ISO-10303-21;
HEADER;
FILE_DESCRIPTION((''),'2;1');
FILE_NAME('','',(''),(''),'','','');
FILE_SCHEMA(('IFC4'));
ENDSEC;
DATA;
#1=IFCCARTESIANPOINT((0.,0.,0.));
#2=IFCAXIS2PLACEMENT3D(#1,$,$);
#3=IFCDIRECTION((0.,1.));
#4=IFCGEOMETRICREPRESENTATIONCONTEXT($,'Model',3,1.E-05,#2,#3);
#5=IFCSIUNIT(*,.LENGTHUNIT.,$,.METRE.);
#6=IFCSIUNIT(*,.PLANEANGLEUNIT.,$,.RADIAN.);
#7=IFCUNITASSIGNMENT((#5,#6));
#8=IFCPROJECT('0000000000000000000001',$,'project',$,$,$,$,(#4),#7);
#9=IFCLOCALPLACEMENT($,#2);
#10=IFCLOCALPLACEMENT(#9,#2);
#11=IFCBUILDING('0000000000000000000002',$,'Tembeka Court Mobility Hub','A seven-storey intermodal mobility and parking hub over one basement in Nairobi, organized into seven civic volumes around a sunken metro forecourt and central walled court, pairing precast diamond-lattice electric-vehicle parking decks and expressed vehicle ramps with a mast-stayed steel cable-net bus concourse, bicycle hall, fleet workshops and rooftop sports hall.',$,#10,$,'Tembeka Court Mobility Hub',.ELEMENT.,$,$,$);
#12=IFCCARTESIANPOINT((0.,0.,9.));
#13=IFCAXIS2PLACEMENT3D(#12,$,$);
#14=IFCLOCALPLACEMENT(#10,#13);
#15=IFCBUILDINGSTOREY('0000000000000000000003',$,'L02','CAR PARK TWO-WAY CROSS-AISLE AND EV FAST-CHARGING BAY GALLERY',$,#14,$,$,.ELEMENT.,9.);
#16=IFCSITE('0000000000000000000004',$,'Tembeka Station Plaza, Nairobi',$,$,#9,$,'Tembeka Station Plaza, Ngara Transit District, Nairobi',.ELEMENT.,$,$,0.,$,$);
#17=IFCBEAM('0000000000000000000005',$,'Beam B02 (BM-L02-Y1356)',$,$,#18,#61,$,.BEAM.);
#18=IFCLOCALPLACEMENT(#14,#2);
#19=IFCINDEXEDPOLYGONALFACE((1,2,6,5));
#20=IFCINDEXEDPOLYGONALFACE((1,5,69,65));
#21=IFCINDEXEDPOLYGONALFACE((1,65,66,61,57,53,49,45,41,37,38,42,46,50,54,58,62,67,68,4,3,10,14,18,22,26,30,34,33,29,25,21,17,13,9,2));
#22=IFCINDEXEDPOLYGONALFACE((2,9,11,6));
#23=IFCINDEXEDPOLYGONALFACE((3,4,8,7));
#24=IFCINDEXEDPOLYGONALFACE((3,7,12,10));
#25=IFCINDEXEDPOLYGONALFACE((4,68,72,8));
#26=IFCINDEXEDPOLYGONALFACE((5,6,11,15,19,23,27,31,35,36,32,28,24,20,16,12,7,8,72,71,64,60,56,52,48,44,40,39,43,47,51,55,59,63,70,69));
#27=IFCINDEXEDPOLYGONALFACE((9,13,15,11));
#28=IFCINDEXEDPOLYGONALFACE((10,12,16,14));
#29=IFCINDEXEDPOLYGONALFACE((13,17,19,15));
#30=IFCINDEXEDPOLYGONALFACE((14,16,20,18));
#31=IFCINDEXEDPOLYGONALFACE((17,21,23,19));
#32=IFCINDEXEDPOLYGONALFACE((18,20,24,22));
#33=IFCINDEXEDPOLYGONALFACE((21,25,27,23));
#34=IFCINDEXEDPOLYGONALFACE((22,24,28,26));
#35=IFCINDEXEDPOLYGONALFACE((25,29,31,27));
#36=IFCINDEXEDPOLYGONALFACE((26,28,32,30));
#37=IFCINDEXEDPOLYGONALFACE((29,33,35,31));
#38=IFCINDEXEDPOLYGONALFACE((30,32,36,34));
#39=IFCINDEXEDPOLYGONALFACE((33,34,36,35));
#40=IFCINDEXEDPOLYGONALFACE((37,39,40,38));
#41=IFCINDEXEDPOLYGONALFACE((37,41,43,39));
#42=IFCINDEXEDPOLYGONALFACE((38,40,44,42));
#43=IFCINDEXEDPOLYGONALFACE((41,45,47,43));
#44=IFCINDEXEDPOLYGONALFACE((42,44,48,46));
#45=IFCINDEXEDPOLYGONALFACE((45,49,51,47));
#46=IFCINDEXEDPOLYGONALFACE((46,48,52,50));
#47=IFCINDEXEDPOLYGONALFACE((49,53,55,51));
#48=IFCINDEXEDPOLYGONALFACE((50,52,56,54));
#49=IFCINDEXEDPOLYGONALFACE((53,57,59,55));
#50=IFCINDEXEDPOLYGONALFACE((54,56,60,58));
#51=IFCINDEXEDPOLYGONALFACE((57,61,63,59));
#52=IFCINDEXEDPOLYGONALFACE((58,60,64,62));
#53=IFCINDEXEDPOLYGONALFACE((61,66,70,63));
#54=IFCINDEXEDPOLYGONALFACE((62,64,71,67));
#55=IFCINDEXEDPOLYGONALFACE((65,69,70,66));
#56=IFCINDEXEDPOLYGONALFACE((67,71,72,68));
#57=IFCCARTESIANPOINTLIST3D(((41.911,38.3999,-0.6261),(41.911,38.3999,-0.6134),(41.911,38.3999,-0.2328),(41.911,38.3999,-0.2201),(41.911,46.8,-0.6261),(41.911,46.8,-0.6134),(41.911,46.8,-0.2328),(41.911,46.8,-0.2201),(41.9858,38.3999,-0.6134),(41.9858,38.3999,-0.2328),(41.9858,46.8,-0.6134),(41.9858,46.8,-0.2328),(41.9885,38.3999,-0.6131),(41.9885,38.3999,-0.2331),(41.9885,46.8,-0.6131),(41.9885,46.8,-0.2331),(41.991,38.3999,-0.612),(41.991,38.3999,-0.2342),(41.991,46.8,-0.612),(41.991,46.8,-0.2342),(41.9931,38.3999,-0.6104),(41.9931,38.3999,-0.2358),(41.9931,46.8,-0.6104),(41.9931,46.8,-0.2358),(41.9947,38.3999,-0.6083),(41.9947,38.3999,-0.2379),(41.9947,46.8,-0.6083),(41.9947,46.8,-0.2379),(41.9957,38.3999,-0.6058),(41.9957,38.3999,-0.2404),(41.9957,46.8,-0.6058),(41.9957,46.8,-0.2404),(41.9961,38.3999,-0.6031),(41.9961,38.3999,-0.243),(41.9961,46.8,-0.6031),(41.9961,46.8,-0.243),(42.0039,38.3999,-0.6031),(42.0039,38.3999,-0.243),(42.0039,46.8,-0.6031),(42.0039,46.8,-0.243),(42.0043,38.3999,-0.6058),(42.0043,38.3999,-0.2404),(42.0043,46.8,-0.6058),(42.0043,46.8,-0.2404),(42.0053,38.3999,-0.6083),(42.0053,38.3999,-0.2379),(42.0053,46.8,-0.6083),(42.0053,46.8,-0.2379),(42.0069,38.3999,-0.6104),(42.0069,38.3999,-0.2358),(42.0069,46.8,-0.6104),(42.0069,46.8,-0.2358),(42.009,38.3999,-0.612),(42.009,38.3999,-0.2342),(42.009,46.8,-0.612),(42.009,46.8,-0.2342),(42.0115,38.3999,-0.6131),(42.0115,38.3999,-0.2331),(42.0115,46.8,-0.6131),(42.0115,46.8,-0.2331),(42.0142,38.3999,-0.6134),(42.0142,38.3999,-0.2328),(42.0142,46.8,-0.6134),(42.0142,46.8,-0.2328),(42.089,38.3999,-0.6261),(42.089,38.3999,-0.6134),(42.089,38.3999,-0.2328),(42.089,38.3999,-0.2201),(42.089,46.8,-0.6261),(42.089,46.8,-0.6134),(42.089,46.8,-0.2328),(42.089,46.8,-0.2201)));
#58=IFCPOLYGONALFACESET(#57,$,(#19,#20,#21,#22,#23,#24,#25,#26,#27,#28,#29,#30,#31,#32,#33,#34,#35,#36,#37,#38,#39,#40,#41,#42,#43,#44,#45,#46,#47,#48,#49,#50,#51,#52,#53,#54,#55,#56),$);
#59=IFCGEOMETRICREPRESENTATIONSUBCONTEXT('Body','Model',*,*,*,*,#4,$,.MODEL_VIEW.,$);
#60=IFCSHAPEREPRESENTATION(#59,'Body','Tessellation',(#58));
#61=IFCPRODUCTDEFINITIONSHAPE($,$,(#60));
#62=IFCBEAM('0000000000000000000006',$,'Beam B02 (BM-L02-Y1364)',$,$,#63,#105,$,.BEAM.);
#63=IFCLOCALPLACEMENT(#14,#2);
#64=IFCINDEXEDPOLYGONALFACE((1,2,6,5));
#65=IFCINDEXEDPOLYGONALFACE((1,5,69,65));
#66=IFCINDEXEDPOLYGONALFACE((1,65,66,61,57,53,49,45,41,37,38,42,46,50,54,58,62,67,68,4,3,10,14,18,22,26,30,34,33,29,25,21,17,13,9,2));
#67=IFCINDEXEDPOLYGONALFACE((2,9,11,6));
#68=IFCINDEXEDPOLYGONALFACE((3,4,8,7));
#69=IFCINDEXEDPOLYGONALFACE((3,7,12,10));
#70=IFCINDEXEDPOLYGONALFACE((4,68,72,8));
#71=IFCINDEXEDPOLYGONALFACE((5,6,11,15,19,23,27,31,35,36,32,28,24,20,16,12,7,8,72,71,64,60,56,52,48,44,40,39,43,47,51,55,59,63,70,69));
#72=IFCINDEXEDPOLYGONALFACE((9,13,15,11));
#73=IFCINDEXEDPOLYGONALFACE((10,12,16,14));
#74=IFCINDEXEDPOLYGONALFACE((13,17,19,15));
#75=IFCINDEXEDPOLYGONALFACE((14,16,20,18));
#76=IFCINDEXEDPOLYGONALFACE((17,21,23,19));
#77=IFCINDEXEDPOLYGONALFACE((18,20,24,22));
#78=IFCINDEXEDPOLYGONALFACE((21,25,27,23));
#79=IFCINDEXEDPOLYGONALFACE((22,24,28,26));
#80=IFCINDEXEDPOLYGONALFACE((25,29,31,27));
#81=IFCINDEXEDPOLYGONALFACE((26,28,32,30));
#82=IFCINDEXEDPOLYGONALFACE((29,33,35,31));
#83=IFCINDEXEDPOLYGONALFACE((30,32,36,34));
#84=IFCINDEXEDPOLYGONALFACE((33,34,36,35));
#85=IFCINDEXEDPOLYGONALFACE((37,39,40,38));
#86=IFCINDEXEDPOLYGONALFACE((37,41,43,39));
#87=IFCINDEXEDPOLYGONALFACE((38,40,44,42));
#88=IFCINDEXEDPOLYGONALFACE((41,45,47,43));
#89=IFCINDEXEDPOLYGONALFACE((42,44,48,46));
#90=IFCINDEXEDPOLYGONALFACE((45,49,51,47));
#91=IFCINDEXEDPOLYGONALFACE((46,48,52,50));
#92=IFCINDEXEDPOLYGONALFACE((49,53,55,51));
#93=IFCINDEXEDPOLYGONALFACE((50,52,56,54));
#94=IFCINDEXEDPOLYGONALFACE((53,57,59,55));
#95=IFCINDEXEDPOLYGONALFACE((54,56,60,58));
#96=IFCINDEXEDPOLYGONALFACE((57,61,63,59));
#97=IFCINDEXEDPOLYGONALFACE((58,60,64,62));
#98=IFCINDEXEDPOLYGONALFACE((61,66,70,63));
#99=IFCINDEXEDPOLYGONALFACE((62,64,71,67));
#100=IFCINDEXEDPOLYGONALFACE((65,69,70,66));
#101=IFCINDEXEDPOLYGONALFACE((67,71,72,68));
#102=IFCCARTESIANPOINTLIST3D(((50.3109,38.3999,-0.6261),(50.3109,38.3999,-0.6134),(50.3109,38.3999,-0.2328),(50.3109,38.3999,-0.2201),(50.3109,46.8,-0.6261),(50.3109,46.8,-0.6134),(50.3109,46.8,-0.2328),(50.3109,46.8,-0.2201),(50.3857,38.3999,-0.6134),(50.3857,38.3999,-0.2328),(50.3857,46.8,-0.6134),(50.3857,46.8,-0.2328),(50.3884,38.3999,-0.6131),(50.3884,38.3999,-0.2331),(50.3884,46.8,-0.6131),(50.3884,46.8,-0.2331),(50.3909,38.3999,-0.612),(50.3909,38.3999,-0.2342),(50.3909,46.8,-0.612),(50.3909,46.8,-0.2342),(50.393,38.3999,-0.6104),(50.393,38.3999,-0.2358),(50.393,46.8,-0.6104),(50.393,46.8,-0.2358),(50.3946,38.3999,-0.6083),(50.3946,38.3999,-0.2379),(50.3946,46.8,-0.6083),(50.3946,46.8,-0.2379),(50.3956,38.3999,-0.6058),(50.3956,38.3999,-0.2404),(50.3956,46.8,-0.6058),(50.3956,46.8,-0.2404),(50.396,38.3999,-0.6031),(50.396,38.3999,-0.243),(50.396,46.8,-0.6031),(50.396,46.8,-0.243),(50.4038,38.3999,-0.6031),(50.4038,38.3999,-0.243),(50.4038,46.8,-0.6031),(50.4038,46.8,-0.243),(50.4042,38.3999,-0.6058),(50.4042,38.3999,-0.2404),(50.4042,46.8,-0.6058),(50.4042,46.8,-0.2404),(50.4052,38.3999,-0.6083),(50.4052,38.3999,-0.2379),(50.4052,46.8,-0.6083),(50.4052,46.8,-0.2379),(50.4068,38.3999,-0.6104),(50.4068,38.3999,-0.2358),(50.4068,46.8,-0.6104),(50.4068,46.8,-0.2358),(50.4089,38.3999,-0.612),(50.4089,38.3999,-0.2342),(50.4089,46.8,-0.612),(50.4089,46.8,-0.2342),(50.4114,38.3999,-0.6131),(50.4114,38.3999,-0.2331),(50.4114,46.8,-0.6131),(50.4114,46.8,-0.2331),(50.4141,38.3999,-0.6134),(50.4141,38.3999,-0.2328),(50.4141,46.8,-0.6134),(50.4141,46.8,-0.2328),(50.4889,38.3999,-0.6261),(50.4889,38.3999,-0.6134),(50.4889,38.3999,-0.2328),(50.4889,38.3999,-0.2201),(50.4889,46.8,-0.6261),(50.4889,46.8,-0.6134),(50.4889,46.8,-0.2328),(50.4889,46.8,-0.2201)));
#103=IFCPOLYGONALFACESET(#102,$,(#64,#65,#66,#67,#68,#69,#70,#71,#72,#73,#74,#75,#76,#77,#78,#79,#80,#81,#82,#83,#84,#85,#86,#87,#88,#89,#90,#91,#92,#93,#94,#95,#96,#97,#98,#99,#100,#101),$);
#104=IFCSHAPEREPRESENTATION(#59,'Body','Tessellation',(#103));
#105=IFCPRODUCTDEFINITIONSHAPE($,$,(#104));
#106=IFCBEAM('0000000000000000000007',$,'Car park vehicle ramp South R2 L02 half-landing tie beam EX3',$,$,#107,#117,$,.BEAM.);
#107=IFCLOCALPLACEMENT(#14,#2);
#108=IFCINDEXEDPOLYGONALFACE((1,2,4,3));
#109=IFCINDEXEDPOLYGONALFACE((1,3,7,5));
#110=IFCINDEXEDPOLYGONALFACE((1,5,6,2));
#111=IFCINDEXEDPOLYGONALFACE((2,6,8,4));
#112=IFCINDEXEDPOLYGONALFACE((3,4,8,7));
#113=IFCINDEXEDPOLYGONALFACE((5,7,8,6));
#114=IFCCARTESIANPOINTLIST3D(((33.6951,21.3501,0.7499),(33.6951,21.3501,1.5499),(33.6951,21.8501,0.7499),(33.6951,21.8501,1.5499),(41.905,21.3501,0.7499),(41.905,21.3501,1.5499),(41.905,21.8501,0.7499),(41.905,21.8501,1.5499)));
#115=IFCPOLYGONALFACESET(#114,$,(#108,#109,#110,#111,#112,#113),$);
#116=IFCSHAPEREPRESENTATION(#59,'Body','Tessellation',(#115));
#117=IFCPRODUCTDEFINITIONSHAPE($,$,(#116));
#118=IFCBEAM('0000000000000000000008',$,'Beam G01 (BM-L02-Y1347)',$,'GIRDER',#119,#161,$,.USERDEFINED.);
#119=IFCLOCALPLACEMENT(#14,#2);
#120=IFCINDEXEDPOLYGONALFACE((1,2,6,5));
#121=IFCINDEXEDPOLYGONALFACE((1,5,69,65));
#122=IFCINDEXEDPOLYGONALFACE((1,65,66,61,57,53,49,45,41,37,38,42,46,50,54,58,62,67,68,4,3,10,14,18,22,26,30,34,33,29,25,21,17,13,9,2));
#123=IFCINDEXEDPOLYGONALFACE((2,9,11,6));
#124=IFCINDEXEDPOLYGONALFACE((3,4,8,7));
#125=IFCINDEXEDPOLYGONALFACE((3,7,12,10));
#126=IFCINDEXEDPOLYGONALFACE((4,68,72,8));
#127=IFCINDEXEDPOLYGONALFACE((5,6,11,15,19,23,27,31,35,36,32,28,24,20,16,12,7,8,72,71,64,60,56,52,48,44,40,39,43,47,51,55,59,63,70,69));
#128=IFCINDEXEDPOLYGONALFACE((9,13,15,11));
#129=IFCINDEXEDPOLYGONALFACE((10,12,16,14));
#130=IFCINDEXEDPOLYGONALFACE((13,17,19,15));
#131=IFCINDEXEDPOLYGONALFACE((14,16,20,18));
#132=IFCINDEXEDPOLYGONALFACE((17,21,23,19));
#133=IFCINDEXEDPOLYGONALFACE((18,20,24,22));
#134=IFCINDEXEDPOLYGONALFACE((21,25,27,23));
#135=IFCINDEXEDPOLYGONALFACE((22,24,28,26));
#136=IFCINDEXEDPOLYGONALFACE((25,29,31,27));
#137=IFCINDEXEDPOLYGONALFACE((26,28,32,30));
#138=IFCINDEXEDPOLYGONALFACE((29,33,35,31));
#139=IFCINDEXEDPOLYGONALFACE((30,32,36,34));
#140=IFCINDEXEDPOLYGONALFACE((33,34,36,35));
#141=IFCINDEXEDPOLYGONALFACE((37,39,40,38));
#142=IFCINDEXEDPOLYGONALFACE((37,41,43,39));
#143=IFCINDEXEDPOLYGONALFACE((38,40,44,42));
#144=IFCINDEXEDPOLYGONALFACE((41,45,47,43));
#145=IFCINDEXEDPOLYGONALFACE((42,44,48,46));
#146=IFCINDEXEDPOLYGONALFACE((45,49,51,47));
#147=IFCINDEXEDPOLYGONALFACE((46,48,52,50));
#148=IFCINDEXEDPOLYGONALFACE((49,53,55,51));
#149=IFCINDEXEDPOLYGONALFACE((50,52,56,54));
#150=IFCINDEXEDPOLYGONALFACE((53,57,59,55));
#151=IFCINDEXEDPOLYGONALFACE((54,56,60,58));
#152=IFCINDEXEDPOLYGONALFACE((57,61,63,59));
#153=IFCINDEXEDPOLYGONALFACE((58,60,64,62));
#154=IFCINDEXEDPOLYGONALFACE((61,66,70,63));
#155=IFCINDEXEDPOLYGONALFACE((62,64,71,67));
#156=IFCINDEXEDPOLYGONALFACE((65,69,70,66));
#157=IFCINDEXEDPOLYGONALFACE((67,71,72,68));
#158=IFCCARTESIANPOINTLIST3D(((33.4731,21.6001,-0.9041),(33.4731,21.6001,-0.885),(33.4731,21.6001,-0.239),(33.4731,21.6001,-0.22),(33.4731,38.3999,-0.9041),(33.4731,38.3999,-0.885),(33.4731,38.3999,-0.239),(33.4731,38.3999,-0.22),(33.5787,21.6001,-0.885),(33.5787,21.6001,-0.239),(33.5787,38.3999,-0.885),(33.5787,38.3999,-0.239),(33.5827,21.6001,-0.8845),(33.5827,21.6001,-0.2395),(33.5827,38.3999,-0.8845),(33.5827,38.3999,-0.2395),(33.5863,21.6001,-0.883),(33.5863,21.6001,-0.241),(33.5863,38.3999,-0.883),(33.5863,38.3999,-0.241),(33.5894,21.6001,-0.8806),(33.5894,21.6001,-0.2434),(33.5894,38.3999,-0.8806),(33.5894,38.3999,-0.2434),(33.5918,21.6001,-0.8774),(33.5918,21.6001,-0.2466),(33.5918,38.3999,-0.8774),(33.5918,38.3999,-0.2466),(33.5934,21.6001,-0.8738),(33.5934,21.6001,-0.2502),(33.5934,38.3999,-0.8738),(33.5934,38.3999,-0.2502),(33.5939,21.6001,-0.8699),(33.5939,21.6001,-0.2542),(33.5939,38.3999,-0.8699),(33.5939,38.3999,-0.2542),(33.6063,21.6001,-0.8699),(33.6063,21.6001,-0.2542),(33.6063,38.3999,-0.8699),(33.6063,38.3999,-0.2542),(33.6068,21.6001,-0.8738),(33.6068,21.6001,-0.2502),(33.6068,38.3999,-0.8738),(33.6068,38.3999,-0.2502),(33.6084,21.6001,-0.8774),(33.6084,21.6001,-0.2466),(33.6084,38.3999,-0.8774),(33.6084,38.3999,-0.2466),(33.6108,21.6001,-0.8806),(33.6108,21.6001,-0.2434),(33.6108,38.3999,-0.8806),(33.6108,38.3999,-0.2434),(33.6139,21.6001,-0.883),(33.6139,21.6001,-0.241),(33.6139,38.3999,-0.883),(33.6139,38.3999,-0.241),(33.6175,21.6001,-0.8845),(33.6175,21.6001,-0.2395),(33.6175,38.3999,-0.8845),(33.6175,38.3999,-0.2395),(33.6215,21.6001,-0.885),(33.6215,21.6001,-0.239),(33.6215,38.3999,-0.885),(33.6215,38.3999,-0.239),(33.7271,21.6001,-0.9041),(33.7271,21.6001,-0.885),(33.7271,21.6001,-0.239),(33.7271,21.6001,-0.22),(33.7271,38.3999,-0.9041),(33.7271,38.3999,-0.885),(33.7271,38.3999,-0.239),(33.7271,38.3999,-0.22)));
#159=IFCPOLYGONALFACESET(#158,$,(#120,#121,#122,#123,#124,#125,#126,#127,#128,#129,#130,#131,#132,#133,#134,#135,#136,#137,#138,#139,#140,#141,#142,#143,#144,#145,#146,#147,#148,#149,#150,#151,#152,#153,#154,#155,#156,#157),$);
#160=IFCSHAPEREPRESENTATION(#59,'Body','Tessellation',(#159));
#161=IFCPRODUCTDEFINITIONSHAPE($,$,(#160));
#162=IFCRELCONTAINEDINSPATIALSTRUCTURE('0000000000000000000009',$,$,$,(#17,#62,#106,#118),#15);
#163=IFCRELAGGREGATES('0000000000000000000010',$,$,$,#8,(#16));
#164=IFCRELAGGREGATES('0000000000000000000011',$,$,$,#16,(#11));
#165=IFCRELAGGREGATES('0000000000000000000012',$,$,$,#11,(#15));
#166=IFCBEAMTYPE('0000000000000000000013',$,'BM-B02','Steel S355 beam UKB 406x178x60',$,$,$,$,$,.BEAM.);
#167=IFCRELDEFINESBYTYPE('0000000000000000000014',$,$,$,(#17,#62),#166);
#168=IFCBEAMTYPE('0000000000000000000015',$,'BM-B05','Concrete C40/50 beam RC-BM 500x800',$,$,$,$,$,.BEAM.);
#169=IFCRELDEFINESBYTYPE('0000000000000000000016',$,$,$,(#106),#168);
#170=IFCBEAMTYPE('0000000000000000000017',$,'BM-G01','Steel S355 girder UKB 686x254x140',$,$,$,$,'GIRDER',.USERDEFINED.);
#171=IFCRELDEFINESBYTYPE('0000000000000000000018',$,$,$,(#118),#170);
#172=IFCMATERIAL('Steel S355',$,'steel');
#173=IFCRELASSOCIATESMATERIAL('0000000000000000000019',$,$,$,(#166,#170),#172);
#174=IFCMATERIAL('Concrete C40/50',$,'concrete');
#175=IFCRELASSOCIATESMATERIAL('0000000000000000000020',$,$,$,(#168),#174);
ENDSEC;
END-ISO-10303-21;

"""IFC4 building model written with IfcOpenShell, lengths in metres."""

from ifc_helpers import new_model, si_unit, direction, frame, origin, origin_2d, place, context, subcontext, project, spatial, rectangle, i_section, extrude, material, material_profile, profile_set, type_object, element, save


model = new_model("IFC4")

# Units and contexts
model_context = context("Model", 3, precision=1e-05, world=origin(), true_north=direction((0.0, 1.0)))
body_context = subcontext(model_context, "Body", "Model", "MODEL_VIEW")
ifc_project = project(units=[si_unit("LENGTHUNIT", "METRE"), si_unit("PLANEANGLEUNIT", "RADIAN")], contexts=[model_context])

# Site, building, storey
site_placement = place(None, origin())
site = spatial("IfcSite", under=ifc_project, at=site_placement, Name="Tembeka Station Plaza, Nairobi", LongName="Tembeka Station Plaza, Ngara Transit District, Nairobi", CompositionType="ELEMENT", RefElevation=0.0)
building_placement = place(site_placement, origin())
building = spatial("IfcBuilding", under=site, at=building_placement, Name="Tembeka Court Mobility Hub", Description="A seven-storey intermodal mobility and parking hub over one basement in Nairobi, organized into seven civic volumes around a sunken metro forecourt and central walled court, pairing precast diamond-lattice electric-vehicle parking decks and expressed vehicle ramps with a mast-stayed steel cable-net bus concourse, bicycle hall, fleet workshops and rooftop sports hall.", LongName="Tembeka Court Mobility Hub", CompositionType="ELEMENT")
storey_placement = place(building_placement, frame((0.0, 0.0, 9.0)))
storey = spatial("IfcBuildingStorey", under=building, at=storey_placement, Name="L02", Description="CAR PARK TWO-WAY CROSS-AISLE AND EV FAST-CHARGING BAY GALLERY", CompositionType="ELEMENT", Elevation=9.0)

# Shared definitions
ifc_material_1 = material(Name="Steel S355", Category="steel")

# Beams
ifc_material_profile_1 = material_profile(ifc_material_1, i_section(OverallWidth=0.178, OverallDepth=0.406, WebThickness=0.0078, FlangeThickness=0.0127, FilletRadius=0.0103, at=origin_2d()), Name="UKB 406x178x60")
ifc_profile_set_1 = profile_set([ifc_material_profile_1], Name="Steel S355")
beam_type_1 = type_object("IfcBeamType", Name="BM-B02", Description="Steel S355 beam UKB 406x178x60", PredefinedType="BEAM", material=ifc_profile_set_1)
for number, where, z_axis, x_axis, name in (
    (1, (42.0, 38.3999, -0.4231), (0.0, 1.0, 0.0), (-1.0, 0.0, 0.0), "Beam B02 (BM-L02-Y1356)"),
    (2, (50.3999, 38.3999, -0.4231), (0.0, 1.0, 0.0), (-1.0, 0.0, 0.0), "Beam B02 (BM-L02-Y1364)"),
):
    element("IfcBeam", number, at=place(storey_placement, frame(where, z_axis=z_axis, x_axis=x_axis)), inside=storey, type_object=beam_type_1, Name=name, PredefinedType="BEAM", context=body_context, shape_type="SweptSolid", body=[
        extrude(i_section(OverallWidth=0.178, OverallDepth=0.406, WebThickness=0.0078, FlangeThickness=0.0127, FilletRadius=0.0103, at=origin_2d()), origin(), (0.0, 0.0, 1.0), 8.4001),
    ])
ifc_material_2 = material(Name="Concrete C40/50", Category="concrete")
ifc_material_profile_2 = material_profile(ifc_material_2, rectangle(XDim=0.5, YDim=0.8, at=origin_2d()), Name="RC-BM 500x800")
ifc_profile_set_2 = profile_set([ifc_material_profile_2], Name="Concrete C40/50")
beam_type_2 = type_object("IfcBeamType", Name="BM-B05", Description="Concrete C40/50 beam RC-BM 500x800", PredefinedType="BEAM", material=ifc_profile_set_2)
beam_1_placement = place(storey_placement, frame((33.6951, 21.6001, 1.1499), z_axis=(1.0, 0.0, 0.0), x_axis=(0.0, 1.0, 0.0)))
element("IfcBeam", 3, at=beam_1_placement, inside=storey, type_object=beam_type_2, Name="Car park vehicle ramp South R2 L02 half-landing tie beam EX3", PredefinedType="BEAM", context=body_context, shape_type="SweptSolid", body=[
    extrude(rectangle(XDim=0.5, YDim=0.8, at=origin_2d()), origin(), (0.0, 0.0, 1.0), 8.21),
])
ifc_material_profile_3 = material_profile(ifc_material_1, i_section(OverallWidth=0.2539, OverallDepth=0.6841, WebThickness=0.0125, FlangeThickness=0.019, FilletRadius=0.0151, at=origin_2d()), Name="UKB 686x254x140")
ifc_profile_set_3 = profile_set([ifc_material_profile_3], Name="Steel S355")
beam_type_3 = type_object("IfcBeamType", Name="BM-G01", Description="Steel S355 girder UKB 686x254x140", ElementType="GIRDER", PredefinedType="USERDEFINED", material=ifc_profile_set_3)
for number, where, z_axis, x_axis, name in (
    (4, (33.6001, 21.6001, -0.562), (0.0, 1.0, 0.0), (-1.0, 0.0, 0.0), "Beam G01 (BM-L02-Y1347)"),
):
    element("IfcBeam", number, at=place(storey_placement, frame(where, z_axis=z_axis, x_axis=x_axis)), inside=storey, type_object=beam_type_3, Name=name, ObjectType="GIRDER", PredefinedType="USERDEFINED", context=body_context, shape_type="SweptSolid", body=[
        extrude(i_section(OverallWidth=0.2539, OverallDepth=0.6841, WebThickness=0.0125, FlangeThickness=0.019, FilletRadius=0.0151, at=origin_2d()), origin(), (0.0, 0.0, 1.0), 16.7998),
    ])

save(model, "model.ifc")
